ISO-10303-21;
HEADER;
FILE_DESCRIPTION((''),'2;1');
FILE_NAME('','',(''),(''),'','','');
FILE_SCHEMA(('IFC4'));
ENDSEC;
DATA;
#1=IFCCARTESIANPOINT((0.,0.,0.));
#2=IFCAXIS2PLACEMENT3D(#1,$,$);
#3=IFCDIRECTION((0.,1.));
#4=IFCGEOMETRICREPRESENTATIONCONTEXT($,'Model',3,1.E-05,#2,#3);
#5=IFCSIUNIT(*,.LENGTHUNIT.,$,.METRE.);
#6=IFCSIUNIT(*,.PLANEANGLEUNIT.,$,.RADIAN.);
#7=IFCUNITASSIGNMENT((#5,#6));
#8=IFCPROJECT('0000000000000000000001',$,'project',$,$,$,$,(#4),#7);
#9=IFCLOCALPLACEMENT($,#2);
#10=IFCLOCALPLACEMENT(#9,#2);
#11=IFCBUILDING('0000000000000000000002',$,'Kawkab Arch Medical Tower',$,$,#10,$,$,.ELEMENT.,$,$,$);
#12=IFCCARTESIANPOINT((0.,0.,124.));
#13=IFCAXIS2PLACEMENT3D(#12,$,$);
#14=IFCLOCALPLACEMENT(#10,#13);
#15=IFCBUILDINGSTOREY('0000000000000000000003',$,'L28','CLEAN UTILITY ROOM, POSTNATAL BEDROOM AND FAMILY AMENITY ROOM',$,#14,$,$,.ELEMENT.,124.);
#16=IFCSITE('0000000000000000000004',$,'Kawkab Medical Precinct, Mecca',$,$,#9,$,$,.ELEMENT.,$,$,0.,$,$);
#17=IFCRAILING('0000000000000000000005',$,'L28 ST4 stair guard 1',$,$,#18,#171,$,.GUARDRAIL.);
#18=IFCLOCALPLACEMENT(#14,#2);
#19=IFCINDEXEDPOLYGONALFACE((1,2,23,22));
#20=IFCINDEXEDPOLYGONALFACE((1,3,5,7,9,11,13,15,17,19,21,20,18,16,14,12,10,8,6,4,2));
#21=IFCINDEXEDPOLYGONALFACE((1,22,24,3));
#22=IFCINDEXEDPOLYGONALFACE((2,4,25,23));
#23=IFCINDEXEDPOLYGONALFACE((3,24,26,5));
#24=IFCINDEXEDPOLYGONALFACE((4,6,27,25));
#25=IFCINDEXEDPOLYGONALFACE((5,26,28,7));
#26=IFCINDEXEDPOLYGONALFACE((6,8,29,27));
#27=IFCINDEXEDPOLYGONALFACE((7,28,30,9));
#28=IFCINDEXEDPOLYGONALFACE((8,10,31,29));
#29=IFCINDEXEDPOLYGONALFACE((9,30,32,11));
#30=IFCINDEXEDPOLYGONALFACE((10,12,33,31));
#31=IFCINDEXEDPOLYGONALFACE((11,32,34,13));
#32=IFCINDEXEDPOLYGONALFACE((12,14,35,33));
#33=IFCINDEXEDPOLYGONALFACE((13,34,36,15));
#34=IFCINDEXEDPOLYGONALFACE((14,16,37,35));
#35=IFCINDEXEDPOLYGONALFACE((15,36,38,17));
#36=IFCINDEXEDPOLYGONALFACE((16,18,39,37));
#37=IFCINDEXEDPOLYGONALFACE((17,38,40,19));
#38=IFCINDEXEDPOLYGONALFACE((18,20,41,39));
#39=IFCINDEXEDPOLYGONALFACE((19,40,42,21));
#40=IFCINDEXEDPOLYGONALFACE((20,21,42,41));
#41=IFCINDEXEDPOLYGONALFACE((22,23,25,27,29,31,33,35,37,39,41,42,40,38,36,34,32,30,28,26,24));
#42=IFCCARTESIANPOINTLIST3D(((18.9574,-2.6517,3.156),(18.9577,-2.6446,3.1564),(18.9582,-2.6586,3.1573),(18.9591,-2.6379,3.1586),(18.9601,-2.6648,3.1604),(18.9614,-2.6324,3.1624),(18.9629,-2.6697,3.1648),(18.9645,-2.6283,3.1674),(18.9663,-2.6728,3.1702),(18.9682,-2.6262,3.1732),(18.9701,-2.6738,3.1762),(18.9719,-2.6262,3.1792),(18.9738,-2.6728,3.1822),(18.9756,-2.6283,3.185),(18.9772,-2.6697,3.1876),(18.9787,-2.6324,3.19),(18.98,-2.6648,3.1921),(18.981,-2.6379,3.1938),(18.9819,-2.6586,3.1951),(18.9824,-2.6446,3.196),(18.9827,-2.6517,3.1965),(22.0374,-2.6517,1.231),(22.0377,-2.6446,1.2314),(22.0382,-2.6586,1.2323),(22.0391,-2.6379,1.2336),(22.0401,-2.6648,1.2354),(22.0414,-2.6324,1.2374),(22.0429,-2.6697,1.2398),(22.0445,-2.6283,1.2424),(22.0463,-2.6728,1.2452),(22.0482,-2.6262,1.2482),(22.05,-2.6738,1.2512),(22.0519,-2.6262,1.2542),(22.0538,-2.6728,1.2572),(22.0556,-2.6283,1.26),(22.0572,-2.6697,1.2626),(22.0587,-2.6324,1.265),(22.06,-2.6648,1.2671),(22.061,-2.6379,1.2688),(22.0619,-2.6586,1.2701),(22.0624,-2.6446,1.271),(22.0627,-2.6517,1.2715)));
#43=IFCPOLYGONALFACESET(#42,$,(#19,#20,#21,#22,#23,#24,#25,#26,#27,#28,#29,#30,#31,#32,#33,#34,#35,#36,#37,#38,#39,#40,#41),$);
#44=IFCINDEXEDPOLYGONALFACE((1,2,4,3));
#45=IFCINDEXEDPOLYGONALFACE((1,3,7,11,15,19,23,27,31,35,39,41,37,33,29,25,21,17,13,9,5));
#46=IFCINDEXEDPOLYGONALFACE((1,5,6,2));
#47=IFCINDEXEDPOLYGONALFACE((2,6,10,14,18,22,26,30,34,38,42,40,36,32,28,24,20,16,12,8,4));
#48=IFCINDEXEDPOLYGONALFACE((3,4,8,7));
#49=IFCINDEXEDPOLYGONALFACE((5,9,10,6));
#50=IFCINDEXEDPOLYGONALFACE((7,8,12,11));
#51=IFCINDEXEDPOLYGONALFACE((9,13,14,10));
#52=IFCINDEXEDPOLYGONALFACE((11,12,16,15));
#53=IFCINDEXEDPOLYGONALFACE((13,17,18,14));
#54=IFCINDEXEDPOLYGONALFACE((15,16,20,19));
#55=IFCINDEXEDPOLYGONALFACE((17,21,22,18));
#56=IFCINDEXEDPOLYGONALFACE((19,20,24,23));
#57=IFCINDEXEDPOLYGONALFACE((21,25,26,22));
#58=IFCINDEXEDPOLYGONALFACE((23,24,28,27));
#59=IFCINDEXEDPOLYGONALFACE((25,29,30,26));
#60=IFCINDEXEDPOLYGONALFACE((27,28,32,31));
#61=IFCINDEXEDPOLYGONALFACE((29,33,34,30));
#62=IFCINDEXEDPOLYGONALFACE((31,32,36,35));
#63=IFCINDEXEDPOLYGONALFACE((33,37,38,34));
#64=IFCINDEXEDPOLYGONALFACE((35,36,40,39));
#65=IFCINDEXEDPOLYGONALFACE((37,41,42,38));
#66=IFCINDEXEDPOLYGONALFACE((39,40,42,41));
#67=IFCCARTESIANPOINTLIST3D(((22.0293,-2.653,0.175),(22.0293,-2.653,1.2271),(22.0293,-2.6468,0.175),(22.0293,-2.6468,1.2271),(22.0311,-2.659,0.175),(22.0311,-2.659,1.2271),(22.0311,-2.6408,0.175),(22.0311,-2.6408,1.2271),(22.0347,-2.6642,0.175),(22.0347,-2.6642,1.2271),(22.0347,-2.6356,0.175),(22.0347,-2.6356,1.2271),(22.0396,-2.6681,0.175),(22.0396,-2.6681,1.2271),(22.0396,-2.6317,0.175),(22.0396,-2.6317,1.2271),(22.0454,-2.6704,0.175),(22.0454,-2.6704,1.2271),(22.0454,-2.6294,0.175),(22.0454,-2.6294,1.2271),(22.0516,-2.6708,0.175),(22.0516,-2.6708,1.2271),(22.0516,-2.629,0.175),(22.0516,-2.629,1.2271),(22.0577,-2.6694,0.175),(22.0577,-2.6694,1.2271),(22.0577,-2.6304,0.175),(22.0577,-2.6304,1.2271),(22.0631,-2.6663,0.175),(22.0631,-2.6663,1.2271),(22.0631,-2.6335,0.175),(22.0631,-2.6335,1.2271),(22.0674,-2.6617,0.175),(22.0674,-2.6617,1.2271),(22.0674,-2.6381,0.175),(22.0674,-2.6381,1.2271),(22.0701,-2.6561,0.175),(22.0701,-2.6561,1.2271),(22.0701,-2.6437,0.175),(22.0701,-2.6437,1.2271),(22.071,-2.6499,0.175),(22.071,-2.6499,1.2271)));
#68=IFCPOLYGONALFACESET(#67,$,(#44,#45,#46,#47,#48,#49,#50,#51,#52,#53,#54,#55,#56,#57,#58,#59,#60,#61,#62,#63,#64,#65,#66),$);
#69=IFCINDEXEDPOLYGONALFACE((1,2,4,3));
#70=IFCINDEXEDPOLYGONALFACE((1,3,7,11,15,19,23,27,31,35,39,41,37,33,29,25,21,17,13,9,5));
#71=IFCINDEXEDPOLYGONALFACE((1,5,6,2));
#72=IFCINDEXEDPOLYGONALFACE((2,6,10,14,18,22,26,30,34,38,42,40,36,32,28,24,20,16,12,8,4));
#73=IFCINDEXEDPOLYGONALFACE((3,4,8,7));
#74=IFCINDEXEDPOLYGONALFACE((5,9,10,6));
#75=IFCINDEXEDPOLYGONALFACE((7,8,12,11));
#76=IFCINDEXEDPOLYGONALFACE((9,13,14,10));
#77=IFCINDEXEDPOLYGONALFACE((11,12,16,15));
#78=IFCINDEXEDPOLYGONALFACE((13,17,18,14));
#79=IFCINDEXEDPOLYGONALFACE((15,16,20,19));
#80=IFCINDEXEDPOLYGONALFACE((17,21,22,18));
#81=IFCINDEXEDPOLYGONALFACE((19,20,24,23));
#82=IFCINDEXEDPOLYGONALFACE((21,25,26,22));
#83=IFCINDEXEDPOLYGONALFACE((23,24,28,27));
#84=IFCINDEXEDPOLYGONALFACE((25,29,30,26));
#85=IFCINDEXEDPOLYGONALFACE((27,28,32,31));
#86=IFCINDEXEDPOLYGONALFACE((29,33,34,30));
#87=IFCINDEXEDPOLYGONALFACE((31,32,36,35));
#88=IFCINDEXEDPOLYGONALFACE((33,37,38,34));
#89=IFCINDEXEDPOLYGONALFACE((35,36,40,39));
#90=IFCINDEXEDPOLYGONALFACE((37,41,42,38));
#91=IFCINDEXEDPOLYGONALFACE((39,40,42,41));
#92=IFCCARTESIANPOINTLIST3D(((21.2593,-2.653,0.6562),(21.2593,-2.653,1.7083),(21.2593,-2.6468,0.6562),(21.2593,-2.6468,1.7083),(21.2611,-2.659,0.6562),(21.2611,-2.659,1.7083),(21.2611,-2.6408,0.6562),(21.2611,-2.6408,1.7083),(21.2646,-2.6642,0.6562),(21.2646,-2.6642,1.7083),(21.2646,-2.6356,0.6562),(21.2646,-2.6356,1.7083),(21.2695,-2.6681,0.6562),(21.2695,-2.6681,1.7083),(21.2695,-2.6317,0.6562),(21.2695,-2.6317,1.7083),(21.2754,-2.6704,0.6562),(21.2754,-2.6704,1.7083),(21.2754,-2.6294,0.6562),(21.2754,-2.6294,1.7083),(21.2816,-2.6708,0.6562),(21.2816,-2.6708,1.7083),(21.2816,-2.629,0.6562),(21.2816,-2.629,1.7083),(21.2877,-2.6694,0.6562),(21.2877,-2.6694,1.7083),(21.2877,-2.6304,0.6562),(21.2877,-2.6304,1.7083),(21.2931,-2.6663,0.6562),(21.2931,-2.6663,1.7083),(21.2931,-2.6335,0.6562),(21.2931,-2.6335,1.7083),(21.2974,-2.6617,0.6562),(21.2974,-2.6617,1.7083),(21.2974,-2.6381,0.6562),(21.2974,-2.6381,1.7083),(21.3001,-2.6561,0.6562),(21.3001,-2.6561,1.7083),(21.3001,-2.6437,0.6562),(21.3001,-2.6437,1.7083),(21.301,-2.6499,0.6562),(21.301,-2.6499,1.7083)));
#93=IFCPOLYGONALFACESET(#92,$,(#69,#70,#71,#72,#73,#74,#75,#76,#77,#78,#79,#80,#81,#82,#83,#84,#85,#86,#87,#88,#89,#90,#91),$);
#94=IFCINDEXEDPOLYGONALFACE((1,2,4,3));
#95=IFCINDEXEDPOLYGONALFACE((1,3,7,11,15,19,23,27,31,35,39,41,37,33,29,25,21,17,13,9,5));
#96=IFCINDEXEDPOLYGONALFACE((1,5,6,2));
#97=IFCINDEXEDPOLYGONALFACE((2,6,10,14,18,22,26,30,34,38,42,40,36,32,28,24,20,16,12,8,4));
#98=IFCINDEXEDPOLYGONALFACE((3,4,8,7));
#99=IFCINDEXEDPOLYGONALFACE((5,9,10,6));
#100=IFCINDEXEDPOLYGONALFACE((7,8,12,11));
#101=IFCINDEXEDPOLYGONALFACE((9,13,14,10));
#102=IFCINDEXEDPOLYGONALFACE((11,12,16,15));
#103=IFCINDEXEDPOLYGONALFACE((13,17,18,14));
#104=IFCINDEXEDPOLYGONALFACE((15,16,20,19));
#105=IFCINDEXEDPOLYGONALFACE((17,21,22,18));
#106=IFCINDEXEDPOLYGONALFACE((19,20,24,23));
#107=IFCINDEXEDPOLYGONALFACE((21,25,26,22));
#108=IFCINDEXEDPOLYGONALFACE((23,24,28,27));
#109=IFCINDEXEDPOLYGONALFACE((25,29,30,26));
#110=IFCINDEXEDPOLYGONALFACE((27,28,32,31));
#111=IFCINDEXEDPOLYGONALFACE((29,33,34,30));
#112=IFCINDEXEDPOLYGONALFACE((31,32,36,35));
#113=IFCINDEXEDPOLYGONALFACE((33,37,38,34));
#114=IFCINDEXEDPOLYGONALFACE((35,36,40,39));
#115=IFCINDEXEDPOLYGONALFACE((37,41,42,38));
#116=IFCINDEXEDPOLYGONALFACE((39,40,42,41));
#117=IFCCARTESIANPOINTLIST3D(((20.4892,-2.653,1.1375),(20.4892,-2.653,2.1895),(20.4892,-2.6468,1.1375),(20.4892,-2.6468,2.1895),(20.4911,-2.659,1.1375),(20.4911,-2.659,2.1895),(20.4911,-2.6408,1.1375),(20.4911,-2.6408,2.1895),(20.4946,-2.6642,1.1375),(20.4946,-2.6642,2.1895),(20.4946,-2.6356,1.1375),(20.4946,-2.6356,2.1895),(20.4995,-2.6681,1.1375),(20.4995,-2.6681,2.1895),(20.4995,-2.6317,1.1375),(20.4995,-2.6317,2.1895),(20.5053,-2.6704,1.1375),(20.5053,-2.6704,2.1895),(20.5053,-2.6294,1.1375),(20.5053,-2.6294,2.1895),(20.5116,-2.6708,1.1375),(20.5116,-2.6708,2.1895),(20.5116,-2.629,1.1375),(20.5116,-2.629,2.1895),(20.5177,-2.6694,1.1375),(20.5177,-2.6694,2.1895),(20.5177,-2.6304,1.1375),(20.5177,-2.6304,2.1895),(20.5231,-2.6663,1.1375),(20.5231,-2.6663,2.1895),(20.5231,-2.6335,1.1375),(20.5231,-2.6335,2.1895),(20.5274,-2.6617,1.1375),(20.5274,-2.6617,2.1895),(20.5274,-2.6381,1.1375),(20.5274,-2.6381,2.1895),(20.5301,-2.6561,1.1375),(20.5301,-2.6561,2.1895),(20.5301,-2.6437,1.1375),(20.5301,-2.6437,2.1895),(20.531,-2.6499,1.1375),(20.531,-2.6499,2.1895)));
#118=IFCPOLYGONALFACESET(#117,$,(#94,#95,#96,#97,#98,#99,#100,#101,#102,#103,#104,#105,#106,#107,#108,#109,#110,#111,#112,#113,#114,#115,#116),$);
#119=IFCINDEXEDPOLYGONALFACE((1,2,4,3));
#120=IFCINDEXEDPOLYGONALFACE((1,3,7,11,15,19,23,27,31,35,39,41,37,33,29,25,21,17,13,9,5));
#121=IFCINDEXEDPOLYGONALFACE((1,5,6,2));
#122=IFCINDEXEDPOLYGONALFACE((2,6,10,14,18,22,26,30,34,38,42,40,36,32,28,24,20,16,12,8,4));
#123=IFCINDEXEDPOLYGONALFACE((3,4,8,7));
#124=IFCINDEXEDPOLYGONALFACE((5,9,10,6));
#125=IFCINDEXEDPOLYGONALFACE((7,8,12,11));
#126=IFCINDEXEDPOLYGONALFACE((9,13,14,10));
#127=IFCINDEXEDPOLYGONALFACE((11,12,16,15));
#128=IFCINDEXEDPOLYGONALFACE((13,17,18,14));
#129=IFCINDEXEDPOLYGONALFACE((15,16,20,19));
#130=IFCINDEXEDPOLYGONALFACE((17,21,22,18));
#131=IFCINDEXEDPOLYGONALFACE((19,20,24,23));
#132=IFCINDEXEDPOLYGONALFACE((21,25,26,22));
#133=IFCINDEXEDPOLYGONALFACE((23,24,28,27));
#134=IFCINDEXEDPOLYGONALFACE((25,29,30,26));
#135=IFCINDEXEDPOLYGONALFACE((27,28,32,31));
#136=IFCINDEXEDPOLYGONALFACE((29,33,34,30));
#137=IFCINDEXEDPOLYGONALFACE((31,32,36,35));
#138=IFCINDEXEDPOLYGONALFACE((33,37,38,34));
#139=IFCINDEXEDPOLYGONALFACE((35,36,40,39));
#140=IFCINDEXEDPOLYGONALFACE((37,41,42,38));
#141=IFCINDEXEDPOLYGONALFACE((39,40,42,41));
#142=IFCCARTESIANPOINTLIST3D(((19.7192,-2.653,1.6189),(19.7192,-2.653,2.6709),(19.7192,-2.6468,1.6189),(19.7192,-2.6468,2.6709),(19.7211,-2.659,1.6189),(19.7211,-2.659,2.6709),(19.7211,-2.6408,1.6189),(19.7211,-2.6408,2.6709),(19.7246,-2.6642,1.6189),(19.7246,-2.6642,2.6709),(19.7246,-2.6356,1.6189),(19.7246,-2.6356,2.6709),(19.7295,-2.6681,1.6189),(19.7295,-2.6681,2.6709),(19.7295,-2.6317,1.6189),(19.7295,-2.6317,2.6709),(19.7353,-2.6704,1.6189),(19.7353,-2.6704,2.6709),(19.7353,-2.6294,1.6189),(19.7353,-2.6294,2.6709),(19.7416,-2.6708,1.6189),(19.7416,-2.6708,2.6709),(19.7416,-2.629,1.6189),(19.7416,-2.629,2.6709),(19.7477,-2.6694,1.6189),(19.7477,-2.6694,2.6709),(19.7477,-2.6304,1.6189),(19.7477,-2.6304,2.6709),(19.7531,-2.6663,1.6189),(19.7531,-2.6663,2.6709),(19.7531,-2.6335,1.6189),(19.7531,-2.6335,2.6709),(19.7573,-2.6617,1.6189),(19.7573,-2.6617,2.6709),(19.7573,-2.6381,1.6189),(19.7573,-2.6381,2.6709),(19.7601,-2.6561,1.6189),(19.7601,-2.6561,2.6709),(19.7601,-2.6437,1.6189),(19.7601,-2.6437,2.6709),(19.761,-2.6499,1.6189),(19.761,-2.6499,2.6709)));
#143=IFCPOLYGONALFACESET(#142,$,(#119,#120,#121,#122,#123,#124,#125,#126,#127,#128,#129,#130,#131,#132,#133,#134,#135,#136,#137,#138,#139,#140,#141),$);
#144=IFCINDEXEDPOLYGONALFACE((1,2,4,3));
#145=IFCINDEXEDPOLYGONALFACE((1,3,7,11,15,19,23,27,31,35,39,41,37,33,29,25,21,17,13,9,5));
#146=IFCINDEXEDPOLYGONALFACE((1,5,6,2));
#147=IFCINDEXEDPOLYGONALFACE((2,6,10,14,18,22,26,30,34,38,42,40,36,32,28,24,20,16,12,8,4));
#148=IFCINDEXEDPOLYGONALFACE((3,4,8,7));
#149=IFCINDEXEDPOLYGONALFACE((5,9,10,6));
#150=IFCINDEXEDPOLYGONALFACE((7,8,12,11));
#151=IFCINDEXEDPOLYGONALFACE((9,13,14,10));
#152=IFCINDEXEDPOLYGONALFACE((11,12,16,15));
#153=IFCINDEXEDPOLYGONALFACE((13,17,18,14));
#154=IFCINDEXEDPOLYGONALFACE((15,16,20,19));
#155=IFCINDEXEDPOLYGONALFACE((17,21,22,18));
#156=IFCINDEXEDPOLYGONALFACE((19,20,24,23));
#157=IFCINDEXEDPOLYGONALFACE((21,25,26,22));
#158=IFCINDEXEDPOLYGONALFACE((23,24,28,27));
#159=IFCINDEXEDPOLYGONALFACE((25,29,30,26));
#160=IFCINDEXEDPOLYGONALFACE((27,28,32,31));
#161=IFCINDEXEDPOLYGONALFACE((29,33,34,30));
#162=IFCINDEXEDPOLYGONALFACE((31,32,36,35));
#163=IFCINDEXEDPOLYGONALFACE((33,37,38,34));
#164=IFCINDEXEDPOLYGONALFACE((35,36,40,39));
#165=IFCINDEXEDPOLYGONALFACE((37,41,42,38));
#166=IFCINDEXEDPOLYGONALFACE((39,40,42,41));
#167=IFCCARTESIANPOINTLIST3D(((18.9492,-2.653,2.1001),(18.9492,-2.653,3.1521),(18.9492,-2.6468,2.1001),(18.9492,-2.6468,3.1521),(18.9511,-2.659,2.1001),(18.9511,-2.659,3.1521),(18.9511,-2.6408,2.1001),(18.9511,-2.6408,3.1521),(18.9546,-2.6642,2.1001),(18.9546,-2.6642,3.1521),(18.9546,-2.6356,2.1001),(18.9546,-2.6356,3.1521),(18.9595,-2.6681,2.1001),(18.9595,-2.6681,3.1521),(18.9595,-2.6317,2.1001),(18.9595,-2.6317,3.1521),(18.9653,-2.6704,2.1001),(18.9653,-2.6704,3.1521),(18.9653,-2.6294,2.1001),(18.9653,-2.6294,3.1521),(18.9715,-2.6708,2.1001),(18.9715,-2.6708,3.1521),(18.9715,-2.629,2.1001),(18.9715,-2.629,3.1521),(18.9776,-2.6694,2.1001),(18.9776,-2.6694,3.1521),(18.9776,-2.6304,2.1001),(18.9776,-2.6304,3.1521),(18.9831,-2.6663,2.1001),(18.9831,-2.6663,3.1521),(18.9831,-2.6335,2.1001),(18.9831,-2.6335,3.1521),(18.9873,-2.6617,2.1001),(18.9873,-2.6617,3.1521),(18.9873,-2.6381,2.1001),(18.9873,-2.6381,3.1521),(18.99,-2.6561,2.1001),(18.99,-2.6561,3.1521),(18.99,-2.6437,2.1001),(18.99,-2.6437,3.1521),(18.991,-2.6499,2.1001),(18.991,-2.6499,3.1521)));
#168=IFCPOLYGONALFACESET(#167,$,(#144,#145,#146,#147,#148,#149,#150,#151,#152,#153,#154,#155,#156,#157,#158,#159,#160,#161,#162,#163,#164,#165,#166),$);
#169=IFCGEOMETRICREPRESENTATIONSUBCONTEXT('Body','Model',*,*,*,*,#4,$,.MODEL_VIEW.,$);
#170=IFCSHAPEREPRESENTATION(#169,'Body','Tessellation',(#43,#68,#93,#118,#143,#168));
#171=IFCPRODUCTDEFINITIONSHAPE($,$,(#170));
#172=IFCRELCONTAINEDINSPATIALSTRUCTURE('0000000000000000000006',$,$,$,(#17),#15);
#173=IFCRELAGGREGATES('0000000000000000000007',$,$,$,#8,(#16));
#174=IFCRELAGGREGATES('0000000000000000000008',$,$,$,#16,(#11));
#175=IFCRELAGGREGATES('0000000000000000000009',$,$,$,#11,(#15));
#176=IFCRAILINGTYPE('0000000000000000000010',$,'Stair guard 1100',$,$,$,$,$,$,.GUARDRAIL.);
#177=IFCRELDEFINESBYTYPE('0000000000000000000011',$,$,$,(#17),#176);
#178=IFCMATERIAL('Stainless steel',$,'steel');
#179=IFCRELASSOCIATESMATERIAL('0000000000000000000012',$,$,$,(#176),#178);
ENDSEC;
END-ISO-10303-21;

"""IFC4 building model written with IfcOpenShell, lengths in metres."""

from ifc_helpers import new_model, si_unit, direction, frame, origin, origin_2d, place, context, subcontext, project, spatial, circle, extrude, material, type_object, element, save


model = new_model("IFC4")

# Units and contexts
model_context = context("Model", 3, precision=1e-05, world=origin(), true_north=direction((0.0, 1.0)))
body_context = subcontext(model_context, "Body", "Model", "MODEL_VIEW")
ifc_project = project(units=[si_unit("LENGTHUNIT", "METRE"), si_unit("PLANEANGLEUNIT", "RADIAN")], contexts=[model_context])

# Site, building, storey
site_placement = place(None, origin())
site = spatial("IfcSite", under=ifc_project, at=site_placement, Name="Kawkab Medical Precinct, Mecca", CompositionType="ELEMENT", RefElevation=0.0)
building_placement = place(site_placement, origin())
building = spatial("IfcBuilding", under=site, at=building_placement, Name="Kawkab Arch Medical Tower", CompositionType="ELEMENT")
storey_placement = place(building_placement, frame((0.0, 0.0, 124.0)))
storey = spatial("IfcBuildingStorey", under=building, at=storey_placement, Name="L28", Description="CLEAN UTILITY ROOM, POSTNATAL BEDROOM AND FAMILY AMENITY ROOM", CompositionType="ELEMENT", Elevation=124.0)

# Railing
ifc_material_1 = material(Name="Stainless steel", Category="steel")
railing_type_1 = type_object("IfcRailingType", Name="Stair guard 1100", PredefinedType="GUARDRAIL", material=ifc_material_1)
railing_1_placement = place(storey_placement, frame((22.05, -2.6499, 0.175)))
element("IfcRailing", 1, at=railing_1_placement, inside=storey, type_object=railing_type_1, Name="L28 ST4 stair guard 1", PredefinedType="GUARDRAIL", context=body_context, shape_type="SweptSolid", body=[
    extrude(circle(Radius=0.0239, at=origin_2d()), frame((0.0, 0.0, 1.0762), z_axis=(-0.847998, 0.0, 0.529999), x_axis=(0.0, -1.0, 0.0)), (0.0, 0.0, 1.0), 3.6321),
    extrude(circle(Radius=0.021, at=origin_2d()), origin(), (0.0, 0.0, 1.0), 1.052),
    extrude(circle(Radius=0.021, at=origin_2d()), frame((-0.77, 0.0, 0.4812)), (0.0, 0.0, 1.0), 1.052),
    extrude(circle(Radius=0.021, at=origin_2d()), frame((-1.54, 0.0, 0.9624)), (0.0, 0.0, 1.0), 1.052),
    extrude(circle(Radius=0.021, at=origin_2d()), frame((-2.3101, 0.0, 1.4438)), (0.0, 0.0, 1.0), 1.052),
    extrude(circle(Radius=0.021, at=origin_2d()), frame((-3.0801, 0.0, 1.925)), (0.0, 0.0, 1.0), 1.052),
])

save(model, "model.ifc")
